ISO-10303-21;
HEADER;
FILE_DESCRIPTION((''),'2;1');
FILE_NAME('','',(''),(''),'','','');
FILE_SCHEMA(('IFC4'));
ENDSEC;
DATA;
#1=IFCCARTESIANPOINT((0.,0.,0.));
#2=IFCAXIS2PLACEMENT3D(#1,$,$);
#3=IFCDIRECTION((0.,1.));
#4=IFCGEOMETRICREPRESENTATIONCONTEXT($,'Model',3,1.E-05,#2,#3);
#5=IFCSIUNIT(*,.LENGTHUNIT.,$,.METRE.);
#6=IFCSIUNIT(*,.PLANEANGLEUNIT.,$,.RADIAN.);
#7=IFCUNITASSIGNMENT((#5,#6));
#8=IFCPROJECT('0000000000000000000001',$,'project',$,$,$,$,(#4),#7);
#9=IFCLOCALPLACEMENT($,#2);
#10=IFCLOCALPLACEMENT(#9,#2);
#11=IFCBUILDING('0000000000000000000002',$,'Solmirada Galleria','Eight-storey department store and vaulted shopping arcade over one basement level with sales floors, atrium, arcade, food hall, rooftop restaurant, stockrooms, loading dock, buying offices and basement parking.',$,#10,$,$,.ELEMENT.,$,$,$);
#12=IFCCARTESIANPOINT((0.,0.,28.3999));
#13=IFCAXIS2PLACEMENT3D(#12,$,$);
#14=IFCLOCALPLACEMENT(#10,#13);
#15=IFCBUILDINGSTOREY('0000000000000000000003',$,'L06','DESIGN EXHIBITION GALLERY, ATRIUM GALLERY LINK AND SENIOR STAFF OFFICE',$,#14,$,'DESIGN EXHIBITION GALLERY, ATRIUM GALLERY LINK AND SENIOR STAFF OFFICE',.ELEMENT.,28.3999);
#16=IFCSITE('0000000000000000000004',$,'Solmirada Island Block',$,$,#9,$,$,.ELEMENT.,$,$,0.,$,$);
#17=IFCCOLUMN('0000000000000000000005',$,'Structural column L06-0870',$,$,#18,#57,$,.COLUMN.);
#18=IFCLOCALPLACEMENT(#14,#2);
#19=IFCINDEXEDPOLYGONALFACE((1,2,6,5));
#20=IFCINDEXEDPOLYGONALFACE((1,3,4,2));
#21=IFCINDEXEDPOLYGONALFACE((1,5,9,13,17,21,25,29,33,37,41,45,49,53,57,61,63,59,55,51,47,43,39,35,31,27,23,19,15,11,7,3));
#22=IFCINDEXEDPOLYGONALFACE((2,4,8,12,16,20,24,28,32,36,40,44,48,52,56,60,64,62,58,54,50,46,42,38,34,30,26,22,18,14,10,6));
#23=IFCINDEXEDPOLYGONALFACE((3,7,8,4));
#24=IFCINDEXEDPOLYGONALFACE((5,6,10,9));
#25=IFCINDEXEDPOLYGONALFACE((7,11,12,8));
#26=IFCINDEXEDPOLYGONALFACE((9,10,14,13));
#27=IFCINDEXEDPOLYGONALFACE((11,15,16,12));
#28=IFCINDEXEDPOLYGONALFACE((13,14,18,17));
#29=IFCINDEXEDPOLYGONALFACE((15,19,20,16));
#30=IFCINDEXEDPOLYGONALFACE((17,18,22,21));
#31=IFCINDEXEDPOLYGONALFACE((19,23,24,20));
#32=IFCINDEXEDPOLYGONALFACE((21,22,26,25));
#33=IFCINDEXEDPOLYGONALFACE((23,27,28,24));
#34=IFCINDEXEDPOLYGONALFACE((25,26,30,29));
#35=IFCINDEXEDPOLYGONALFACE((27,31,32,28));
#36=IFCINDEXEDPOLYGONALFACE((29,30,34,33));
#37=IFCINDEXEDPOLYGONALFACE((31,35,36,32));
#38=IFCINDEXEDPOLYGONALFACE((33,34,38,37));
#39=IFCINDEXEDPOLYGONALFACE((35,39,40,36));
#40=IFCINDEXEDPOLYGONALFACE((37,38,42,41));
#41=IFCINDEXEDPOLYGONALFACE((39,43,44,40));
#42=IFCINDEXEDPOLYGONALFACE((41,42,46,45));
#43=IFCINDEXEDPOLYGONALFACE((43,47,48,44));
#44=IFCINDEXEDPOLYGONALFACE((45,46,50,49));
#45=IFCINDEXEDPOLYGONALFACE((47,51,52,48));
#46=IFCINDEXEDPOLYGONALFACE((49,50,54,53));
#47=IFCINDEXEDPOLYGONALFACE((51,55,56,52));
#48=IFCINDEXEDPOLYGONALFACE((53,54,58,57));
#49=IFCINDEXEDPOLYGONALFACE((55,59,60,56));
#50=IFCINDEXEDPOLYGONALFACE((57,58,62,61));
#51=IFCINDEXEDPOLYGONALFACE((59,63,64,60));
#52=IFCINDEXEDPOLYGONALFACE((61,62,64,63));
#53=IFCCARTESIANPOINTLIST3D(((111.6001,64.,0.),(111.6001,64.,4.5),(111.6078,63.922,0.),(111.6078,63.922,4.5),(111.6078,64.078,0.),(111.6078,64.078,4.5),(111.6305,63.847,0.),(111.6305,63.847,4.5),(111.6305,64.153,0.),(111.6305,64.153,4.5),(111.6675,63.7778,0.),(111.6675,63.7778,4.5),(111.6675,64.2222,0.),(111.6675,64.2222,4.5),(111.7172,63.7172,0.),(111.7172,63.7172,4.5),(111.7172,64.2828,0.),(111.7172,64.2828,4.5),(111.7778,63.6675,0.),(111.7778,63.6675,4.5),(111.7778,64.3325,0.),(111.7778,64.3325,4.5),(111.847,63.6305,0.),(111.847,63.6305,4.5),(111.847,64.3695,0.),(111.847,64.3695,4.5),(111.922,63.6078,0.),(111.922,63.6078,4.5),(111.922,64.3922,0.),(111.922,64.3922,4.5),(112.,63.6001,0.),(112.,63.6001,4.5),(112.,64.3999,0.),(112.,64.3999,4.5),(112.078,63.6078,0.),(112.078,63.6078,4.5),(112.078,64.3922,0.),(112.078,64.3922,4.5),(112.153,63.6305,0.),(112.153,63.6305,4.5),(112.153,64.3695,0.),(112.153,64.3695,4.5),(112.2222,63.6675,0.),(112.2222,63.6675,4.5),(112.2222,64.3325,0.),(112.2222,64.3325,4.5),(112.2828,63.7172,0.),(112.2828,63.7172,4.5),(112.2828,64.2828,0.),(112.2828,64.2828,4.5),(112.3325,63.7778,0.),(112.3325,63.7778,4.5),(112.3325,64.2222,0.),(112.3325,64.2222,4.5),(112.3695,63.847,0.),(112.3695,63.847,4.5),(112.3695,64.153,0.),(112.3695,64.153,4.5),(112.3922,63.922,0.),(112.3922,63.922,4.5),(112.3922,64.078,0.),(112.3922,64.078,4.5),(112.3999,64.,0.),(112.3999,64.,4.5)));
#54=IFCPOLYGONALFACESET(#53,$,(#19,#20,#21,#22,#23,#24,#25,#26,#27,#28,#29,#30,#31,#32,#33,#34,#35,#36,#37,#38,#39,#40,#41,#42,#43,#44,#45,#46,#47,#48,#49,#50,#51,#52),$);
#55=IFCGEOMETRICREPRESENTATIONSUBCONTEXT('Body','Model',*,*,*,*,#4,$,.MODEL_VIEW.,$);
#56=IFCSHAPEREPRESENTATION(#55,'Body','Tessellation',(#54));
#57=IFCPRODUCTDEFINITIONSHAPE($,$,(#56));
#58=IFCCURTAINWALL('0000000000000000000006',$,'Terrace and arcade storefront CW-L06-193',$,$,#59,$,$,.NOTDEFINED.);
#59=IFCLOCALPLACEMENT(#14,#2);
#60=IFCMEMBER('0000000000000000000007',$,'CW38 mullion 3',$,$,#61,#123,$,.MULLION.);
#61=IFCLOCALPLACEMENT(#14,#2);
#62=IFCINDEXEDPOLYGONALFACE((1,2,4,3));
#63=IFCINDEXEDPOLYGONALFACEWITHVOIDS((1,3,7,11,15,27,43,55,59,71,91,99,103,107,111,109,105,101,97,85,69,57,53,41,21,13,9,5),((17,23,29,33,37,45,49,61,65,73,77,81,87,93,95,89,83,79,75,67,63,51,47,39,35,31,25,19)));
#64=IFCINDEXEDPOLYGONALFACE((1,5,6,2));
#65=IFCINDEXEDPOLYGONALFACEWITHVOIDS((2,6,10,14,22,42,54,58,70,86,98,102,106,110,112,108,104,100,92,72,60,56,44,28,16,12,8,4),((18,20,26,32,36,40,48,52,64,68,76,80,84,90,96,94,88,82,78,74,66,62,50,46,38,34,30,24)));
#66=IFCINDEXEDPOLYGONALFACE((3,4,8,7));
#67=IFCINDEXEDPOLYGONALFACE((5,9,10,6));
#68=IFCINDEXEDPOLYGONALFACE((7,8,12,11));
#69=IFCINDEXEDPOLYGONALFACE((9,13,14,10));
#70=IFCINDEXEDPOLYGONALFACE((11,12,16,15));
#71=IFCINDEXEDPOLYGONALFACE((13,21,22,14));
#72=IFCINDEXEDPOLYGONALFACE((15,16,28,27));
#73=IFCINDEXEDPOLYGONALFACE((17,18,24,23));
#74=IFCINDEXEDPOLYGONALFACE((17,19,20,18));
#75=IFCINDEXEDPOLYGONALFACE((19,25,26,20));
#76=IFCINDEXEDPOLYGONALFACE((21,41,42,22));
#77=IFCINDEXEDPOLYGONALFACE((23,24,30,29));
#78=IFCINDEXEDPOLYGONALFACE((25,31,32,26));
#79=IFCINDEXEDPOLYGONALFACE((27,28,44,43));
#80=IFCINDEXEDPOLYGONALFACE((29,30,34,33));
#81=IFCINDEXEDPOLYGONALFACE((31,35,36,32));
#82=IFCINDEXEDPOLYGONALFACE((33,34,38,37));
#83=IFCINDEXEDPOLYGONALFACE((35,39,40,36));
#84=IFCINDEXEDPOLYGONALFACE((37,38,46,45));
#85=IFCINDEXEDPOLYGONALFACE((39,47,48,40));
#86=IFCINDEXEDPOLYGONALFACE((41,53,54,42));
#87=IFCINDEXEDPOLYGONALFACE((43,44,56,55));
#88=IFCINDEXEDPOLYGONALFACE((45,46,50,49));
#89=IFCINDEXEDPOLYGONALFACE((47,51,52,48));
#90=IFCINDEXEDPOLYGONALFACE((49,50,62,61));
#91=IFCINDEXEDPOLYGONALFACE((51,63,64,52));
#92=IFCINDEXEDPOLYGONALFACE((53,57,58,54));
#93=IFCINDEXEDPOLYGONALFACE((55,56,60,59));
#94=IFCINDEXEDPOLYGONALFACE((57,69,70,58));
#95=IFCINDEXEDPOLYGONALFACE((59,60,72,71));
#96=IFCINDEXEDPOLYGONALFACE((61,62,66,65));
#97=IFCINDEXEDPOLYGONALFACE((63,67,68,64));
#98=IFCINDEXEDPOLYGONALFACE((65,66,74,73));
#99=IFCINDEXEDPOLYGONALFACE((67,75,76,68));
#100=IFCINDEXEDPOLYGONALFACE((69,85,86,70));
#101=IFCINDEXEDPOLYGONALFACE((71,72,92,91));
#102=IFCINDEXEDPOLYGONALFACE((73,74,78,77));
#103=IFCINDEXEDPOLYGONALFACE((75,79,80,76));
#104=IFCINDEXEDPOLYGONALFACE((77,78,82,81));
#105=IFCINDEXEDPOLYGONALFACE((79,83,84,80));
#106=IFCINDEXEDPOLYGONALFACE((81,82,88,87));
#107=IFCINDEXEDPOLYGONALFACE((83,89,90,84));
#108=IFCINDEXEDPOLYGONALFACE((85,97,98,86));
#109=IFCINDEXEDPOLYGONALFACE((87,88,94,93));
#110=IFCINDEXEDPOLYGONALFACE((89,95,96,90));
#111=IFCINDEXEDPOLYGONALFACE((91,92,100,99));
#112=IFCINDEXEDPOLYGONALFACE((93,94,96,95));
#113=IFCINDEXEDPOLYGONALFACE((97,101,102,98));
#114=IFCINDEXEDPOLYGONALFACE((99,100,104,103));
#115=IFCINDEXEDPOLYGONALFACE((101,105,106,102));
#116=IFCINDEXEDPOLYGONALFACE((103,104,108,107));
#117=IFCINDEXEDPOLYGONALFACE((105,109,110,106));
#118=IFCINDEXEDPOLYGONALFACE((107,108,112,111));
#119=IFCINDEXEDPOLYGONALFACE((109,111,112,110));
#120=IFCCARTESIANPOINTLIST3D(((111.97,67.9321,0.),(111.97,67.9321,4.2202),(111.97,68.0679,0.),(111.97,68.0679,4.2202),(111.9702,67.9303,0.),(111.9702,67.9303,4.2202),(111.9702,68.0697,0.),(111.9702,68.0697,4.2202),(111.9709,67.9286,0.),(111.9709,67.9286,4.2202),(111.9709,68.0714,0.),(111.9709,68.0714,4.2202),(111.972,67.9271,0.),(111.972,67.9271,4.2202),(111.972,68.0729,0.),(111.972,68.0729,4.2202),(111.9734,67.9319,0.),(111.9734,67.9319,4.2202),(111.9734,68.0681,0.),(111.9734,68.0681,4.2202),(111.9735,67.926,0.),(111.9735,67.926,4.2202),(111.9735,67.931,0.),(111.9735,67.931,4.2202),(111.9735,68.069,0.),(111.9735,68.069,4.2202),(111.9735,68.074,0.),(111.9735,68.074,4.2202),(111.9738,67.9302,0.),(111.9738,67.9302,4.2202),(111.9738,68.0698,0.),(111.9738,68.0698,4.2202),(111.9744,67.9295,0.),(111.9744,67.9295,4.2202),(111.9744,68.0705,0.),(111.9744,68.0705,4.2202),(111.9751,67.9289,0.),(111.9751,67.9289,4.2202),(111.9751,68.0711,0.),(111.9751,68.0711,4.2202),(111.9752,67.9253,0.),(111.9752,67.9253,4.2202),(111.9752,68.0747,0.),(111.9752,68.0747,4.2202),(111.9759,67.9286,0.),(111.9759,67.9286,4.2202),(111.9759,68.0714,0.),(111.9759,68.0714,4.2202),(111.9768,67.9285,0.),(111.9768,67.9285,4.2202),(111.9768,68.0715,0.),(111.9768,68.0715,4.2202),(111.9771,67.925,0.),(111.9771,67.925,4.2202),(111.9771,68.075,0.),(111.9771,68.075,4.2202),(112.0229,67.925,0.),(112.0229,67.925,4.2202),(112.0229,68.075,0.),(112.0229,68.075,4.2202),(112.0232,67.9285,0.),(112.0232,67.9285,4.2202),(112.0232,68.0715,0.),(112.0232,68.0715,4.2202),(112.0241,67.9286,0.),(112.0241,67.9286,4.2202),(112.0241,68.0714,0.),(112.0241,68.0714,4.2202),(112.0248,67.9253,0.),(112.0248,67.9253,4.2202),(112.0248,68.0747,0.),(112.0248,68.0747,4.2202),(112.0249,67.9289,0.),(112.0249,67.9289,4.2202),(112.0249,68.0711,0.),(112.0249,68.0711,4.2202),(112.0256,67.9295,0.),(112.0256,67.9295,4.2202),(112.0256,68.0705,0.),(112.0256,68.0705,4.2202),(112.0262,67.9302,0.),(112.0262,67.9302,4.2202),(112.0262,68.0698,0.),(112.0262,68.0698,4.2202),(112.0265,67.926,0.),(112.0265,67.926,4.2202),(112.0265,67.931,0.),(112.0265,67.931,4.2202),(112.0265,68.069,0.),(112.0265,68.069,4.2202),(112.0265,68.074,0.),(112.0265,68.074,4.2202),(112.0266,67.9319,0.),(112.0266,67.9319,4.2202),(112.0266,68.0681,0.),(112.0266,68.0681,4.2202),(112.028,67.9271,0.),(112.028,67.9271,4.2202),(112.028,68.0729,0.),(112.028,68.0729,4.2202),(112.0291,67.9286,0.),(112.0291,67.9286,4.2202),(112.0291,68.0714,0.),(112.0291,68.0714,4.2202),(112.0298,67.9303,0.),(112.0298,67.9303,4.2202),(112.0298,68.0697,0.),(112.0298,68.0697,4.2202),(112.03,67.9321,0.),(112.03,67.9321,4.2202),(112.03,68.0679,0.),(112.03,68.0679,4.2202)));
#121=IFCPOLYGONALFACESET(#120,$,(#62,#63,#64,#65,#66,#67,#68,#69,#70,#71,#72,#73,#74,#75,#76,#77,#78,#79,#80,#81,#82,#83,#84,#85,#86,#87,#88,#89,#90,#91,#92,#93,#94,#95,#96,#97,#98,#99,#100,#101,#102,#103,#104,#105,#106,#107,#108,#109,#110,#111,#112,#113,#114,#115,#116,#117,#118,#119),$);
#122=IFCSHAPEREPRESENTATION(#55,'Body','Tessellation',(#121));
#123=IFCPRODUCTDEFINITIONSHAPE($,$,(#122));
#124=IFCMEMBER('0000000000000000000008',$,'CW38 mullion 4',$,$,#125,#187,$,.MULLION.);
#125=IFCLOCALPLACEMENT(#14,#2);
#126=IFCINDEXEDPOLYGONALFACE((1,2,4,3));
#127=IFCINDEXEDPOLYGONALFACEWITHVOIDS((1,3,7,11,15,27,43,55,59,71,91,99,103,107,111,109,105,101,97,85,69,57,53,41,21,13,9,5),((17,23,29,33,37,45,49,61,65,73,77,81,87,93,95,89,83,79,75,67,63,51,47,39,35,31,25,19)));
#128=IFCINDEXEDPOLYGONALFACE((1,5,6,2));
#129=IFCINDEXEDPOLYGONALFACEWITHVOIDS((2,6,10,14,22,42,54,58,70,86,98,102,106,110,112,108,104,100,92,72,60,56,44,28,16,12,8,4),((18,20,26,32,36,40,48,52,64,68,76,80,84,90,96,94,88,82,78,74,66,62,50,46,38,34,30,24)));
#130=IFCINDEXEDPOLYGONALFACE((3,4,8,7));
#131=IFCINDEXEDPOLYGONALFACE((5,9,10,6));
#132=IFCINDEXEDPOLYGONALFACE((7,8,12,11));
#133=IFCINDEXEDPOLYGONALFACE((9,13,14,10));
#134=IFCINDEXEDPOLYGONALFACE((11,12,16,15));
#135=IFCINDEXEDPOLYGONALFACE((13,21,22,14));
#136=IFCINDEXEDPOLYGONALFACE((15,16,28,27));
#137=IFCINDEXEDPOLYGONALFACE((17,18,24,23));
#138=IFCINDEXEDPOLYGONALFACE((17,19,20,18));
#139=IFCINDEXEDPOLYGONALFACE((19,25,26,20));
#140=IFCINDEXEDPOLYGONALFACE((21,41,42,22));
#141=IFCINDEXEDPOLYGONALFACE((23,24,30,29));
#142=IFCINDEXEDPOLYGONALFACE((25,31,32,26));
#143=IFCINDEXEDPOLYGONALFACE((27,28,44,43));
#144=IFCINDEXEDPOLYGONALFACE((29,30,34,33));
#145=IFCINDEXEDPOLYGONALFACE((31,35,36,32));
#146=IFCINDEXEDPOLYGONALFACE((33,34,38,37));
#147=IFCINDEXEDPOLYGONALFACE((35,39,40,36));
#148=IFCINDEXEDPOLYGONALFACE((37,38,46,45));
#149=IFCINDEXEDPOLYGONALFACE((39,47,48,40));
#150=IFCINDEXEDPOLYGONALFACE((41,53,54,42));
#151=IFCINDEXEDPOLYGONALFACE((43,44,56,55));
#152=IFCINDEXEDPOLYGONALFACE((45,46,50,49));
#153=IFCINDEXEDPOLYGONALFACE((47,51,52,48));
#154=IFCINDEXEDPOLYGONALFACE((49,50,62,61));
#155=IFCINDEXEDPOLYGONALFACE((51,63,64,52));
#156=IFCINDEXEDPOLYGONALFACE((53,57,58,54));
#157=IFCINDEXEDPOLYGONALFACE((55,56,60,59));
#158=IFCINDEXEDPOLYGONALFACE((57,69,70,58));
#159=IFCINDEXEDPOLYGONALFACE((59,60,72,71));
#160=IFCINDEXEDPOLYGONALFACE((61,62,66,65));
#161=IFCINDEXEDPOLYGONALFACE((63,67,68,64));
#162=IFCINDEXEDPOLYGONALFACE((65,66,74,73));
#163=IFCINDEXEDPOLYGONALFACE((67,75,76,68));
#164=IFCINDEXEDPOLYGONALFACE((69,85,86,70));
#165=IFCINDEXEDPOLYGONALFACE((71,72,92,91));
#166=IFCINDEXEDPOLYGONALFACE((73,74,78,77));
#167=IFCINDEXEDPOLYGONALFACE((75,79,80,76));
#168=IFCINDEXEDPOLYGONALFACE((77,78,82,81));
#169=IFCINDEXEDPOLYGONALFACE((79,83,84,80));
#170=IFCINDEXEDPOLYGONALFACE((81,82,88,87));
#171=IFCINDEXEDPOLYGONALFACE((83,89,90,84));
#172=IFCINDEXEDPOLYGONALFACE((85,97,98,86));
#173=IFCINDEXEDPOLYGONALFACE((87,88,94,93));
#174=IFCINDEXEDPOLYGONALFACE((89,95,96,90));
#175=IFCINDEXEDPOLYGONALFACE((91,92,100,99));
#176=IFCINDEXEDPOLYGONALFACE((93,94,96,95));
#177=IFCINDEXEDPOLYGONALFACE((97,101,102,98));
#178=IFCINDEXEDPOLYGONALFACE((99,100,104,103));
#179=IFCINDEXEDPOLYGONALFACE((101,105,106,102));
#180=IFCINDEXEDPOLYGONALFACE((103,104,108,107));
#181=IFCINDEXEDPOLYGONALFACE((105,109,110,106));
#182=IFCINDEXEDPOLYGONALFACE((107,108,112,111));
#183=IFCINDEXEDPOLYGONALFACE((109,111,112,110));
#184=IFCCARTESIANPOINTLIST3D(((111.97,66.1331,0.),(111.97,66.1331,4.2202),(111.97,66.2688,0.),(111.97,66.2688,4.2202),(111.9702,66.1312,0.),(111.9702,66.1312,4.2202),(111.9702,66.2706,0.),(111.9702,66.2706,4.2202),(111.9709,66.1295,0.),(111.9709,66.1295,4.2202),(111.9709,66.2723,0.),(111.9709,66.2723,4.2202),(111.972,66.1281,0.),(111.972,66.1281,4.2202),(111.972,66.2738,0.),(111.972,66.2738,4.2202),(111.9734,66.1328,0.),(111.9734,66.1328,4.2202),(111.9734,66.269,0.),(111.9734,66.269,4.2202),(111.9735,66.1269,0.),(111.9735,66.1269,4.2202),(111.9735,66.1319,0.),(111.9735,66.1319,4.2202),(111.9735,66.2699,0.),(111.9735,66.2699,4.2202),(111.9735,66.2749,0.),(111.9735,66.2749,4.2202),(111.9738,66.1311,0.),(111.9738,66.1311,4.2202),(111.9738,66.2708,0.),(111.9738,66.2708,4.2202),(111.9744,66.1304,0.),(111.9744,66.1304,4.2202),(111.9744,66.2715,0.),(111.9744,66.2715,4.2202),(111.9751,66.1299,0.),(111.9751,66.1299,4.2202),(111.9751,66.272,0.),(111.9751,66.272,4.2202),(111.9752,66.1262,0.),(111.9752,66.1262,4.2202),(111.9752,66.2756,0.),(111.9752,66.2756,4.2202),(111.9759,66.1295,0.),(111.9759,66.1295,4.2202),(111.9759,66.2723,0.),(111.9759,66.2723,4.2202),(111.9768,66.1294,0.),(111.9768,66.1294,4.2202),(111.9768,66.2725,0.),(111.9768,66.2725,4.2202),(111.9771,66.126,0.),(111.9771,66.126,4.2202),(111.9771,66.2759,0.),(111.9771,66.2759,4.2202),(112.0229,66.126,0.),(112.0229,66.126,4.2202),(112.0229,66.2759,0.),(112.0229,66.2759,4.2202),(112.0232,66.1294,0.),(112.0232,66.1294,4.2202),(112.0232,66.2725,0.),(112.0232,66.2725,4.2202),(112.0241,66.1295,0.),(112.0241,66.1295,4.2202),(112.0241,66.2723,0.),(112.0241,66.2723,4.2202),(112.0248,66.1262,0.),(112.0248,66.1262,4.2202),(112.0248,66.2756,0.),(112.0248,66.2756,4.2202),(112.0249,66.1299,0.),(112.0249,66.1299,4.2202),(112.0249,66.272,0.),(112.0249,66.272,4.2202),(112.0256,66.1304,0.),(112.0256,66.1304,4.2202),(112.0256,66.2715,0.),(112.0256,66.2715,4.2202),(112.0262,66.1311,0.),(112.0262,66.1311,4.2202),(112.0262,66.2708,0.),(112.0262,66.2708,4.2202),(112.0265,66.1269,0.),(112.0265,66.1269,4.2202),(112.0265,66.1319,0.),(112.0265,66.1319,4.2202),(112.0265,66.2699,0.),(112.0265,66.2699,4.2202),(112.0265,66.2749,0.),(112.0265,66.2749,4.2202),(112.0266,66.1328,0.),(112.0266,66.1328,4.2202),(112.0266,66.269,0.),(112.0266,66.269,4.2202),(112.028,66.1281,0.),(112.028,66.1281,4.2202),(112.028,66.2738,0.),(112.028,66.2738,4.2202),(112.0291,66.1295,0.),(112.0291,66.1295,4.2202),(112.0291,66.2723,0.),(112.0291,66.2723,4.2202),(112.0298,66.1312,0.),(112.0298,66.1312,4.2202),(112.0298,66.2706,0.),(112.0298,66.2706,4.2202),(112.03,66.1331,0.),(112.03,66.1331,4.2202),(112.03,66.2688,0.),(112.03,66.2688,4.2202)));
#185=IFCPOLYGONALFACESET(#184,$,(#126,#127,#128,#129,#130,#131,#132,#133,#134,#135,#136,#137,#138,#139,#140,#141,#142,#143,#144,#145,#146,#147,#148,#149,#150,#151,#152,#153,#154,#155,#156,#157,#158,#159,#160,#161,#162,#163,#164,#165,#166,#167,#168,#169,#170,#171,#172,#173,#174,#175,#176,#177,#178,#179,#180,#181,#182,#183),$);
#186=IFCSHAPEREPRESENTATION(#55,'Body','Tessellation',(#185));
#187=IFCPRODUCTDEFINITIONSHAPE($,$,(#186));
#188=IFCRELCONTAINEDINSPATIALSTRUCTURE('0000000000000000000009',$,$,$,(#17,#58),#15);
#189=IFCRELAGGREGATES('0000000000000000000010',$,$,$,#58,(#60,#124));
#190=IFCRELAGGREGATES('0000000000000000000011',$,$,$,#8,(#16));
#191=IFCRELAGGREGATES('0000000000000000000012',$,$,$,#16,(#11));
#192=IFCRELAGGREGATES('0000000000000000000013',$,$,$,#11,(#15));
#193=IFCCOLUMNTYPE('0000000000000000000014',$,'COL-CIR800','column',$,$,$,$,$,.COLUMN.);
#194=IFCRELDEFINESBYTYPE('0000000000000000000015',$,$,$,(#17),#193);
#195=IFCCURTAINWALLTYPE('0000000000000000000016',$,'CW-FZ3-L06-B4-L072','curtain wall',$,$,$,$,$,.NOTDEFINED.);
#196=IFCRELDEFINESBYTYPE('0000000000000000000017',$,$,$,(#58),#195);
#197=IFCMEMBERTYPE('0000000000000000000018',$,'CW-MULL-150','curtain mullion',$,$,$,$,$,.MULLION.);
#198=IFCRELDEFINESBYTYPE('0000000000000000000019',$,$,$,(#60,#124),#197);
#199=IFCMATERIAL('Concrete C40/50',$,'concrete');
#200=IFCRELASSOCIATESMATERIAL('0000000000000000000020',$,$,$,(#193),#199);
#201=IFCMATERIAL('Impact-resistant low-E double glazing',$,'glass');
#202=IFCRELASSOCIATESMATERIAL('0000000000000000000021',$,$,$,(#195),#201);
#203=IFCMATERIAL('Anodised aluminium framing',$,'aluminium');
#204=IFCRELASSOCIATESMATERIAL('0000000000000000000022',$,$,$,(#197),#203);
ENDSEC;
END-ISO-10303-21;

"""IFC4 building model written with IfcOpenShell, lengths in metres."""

from ifc_helpers import new_model, si_unit, direction, frame, origin, origin_2d, place, context, subcontext, project, spatial, hollow_rectangle, circle, extrude, material, material_profile, profile_set, type_object, element, aggregate, save


model = new_model("IFC4")

# Units and contexts
model_context = context("Model", 3, precision=1e-05, world=origin(), true_north=direction((0.0, 1.0)))
body_context = subcontext(model_context, "Body", "Model", "MODEL_VIEW")
ifc_project = project(units=[si_unit("LENGTHUNIT", "METRE"), si_unit("PLANEANGLEUNIT", "RADIAN")], contexts=[model_context])

# Site, building, storey
site_placement = place(None, origin())
site = spatial("IfcSite", under=ifc_project, at=site_placement, Name="Solmirada Island Block", CompositionType="ELEMENT", RefElevation=0.0)
building_placement = place(site_placement, origin())
building = spatial("IfcBuilding", under=site, at=building_placement, Name="Solmirada Galleria", Description="Eight-storey department store and vaulted shopping arcade over one basement level with sales floors, atrium, arcade, food hall, rooftop restaurant, stockrooms, loading dock, buying offices and basement parking.", CompositionType="ELEMENT")
storey_placement = place(building_placement, frame((0.0, 0.0, 28.3999)))
storey = spatial("IfcBuildingStorey", under=building, at=storey_placement, Name="L06", Description="DESIGN EXHIBITION GALLERY, ATRIUM GALLERY LINK AND SENIOR STAFF OFFICE", LongName="DESIGN EXHIBITION GALLERY, ATRIUM GALLERY LINK AND SENIOR STAFF OFFICE", CompositionType="ELEMENT", Elevation=28.3999)

# Column
ifc_material_1 = material(Name="Concrete C40/50", Category="concrete")
ifc_material_profile_1 = material_profile(ifc_material_1, circle(Radius=0.3999, at=origin_2d()), Name="RCCOL800")
ifc_profile_set_1 = profile_set([ifc_material_profile_1], Name="Concrete C40/50")
column_type = type_object("IfcColumnType", Name="COL-CIR800", Description="column", PredefinedType="COLUMN", material=ifc_profile_set_1)
column_placement = place(storey_placement, frame((112.0, 64.0, 0.0), z_axis=(0.0, 0.0, 1.0), x_axis=(1.0, 0.0, 0.0)))
element("IfcColumn", 1, at=column_placement, inside=storey, type_object=column_type, Name="Structural column L06-0870", PredefinedType="COLUMN", context=body_context, shape_type="SweptSolid", body=[
    extrude(circle(Radius=0.3999, at=origin_2d()), origin(), (0.0, 0.0, 1.0), 4.5),
])

# Curtain wall, members
ifc_material_2 = material(Name="Impact-resistant low-E double glazing", Category="glass")
curtain_wall_type = type_object("IfcCurtainWallType", Name="CW-FZ3-L06-B4-L072", Description="curtain wall", PredefinedType="NOTDEFINED", material=ifc_material_2)
curtain_wall_1_placement = place(storey_placement, origin())
curtain_wall_1 = element("IfcCurtainWall", 2, at=curtain_wall_1_placement, inside=storey, type_object=curtain_wall_type, Name="Terrace and arcade storefront CW-L06-193", PredefinedType="NOTDEFINED")
ifc_material_3 = material(Name="Anodised aluminium framing", Category="aluminium")
ifc_material_profile_2 = material_profile(ifc_material_3, hollow_rectangle(XDim=0.0601, YDim=0.1499, WallThickness=0.0034, InnerFilletRadius=0.0034, OuterFilletRadius=0.0071, at=origin_2d()), Name="ALU-MULL-150X60")
ifc_profile_set_2 = profile_set([ifc_material_profile_2], Name="Anodised aluminium framing")
member_type_1 = type_object("IfcMemberType", Name="CW-MULL-150", Description="curtain mullion", PredefinedType="MULLION", material=ifc_profile_set_2)
member_1_placement = place(storey_placement, frame((112.0, 68.0, 0.0), z_axis=(0.0, 0.0, 1.0), x_axis=(1.0, 0.0, 0.0)))
member_1 = element("IfcMember", 3, at=member_1_placement, type_object=member_type_1, Name="CW38 mullion 3", PredefinedType="MULLION", context=body_context, shape_type="SweptSolid", body=[
    extrude(hollow_rectangle(XDim=0.0601, YDim=0.1499, WallThickness=0.0034, InnerFilletRadius=0.0034, OuterFilletRadius=0.0071, at=origin_2d()), origin(), (0.0, 0.0, 1.0), 4.2202),
])
member_2_placement = place(storey_placement, frame((112.0, 66.2009, 0.0), z_axis=(0.0, 0.0, 1.0), x_axis=(1.0, 0.0, 0.0)))
member_2 = element("IfcMember", 4, at=member_2_placement, type_object=member_type_1, Name="CW38 mullion 4", PredefinedType="MULLION", context=body_context, shape_type="SweptSolid", body=[
    extrude(hollow_rectangle(XDim=0.0601, YDim=0.1499, WallThickness=0.0034, InnerFilletRadius=0.0034, OuterFilletRadius=0.0071, at=origin_2d()), origin(), (0.0, 0.0, 1.0), 4.2202),
])

aggregate(curtain_wall_1, [member_1, member_2])

save(model, "model.ifc")
